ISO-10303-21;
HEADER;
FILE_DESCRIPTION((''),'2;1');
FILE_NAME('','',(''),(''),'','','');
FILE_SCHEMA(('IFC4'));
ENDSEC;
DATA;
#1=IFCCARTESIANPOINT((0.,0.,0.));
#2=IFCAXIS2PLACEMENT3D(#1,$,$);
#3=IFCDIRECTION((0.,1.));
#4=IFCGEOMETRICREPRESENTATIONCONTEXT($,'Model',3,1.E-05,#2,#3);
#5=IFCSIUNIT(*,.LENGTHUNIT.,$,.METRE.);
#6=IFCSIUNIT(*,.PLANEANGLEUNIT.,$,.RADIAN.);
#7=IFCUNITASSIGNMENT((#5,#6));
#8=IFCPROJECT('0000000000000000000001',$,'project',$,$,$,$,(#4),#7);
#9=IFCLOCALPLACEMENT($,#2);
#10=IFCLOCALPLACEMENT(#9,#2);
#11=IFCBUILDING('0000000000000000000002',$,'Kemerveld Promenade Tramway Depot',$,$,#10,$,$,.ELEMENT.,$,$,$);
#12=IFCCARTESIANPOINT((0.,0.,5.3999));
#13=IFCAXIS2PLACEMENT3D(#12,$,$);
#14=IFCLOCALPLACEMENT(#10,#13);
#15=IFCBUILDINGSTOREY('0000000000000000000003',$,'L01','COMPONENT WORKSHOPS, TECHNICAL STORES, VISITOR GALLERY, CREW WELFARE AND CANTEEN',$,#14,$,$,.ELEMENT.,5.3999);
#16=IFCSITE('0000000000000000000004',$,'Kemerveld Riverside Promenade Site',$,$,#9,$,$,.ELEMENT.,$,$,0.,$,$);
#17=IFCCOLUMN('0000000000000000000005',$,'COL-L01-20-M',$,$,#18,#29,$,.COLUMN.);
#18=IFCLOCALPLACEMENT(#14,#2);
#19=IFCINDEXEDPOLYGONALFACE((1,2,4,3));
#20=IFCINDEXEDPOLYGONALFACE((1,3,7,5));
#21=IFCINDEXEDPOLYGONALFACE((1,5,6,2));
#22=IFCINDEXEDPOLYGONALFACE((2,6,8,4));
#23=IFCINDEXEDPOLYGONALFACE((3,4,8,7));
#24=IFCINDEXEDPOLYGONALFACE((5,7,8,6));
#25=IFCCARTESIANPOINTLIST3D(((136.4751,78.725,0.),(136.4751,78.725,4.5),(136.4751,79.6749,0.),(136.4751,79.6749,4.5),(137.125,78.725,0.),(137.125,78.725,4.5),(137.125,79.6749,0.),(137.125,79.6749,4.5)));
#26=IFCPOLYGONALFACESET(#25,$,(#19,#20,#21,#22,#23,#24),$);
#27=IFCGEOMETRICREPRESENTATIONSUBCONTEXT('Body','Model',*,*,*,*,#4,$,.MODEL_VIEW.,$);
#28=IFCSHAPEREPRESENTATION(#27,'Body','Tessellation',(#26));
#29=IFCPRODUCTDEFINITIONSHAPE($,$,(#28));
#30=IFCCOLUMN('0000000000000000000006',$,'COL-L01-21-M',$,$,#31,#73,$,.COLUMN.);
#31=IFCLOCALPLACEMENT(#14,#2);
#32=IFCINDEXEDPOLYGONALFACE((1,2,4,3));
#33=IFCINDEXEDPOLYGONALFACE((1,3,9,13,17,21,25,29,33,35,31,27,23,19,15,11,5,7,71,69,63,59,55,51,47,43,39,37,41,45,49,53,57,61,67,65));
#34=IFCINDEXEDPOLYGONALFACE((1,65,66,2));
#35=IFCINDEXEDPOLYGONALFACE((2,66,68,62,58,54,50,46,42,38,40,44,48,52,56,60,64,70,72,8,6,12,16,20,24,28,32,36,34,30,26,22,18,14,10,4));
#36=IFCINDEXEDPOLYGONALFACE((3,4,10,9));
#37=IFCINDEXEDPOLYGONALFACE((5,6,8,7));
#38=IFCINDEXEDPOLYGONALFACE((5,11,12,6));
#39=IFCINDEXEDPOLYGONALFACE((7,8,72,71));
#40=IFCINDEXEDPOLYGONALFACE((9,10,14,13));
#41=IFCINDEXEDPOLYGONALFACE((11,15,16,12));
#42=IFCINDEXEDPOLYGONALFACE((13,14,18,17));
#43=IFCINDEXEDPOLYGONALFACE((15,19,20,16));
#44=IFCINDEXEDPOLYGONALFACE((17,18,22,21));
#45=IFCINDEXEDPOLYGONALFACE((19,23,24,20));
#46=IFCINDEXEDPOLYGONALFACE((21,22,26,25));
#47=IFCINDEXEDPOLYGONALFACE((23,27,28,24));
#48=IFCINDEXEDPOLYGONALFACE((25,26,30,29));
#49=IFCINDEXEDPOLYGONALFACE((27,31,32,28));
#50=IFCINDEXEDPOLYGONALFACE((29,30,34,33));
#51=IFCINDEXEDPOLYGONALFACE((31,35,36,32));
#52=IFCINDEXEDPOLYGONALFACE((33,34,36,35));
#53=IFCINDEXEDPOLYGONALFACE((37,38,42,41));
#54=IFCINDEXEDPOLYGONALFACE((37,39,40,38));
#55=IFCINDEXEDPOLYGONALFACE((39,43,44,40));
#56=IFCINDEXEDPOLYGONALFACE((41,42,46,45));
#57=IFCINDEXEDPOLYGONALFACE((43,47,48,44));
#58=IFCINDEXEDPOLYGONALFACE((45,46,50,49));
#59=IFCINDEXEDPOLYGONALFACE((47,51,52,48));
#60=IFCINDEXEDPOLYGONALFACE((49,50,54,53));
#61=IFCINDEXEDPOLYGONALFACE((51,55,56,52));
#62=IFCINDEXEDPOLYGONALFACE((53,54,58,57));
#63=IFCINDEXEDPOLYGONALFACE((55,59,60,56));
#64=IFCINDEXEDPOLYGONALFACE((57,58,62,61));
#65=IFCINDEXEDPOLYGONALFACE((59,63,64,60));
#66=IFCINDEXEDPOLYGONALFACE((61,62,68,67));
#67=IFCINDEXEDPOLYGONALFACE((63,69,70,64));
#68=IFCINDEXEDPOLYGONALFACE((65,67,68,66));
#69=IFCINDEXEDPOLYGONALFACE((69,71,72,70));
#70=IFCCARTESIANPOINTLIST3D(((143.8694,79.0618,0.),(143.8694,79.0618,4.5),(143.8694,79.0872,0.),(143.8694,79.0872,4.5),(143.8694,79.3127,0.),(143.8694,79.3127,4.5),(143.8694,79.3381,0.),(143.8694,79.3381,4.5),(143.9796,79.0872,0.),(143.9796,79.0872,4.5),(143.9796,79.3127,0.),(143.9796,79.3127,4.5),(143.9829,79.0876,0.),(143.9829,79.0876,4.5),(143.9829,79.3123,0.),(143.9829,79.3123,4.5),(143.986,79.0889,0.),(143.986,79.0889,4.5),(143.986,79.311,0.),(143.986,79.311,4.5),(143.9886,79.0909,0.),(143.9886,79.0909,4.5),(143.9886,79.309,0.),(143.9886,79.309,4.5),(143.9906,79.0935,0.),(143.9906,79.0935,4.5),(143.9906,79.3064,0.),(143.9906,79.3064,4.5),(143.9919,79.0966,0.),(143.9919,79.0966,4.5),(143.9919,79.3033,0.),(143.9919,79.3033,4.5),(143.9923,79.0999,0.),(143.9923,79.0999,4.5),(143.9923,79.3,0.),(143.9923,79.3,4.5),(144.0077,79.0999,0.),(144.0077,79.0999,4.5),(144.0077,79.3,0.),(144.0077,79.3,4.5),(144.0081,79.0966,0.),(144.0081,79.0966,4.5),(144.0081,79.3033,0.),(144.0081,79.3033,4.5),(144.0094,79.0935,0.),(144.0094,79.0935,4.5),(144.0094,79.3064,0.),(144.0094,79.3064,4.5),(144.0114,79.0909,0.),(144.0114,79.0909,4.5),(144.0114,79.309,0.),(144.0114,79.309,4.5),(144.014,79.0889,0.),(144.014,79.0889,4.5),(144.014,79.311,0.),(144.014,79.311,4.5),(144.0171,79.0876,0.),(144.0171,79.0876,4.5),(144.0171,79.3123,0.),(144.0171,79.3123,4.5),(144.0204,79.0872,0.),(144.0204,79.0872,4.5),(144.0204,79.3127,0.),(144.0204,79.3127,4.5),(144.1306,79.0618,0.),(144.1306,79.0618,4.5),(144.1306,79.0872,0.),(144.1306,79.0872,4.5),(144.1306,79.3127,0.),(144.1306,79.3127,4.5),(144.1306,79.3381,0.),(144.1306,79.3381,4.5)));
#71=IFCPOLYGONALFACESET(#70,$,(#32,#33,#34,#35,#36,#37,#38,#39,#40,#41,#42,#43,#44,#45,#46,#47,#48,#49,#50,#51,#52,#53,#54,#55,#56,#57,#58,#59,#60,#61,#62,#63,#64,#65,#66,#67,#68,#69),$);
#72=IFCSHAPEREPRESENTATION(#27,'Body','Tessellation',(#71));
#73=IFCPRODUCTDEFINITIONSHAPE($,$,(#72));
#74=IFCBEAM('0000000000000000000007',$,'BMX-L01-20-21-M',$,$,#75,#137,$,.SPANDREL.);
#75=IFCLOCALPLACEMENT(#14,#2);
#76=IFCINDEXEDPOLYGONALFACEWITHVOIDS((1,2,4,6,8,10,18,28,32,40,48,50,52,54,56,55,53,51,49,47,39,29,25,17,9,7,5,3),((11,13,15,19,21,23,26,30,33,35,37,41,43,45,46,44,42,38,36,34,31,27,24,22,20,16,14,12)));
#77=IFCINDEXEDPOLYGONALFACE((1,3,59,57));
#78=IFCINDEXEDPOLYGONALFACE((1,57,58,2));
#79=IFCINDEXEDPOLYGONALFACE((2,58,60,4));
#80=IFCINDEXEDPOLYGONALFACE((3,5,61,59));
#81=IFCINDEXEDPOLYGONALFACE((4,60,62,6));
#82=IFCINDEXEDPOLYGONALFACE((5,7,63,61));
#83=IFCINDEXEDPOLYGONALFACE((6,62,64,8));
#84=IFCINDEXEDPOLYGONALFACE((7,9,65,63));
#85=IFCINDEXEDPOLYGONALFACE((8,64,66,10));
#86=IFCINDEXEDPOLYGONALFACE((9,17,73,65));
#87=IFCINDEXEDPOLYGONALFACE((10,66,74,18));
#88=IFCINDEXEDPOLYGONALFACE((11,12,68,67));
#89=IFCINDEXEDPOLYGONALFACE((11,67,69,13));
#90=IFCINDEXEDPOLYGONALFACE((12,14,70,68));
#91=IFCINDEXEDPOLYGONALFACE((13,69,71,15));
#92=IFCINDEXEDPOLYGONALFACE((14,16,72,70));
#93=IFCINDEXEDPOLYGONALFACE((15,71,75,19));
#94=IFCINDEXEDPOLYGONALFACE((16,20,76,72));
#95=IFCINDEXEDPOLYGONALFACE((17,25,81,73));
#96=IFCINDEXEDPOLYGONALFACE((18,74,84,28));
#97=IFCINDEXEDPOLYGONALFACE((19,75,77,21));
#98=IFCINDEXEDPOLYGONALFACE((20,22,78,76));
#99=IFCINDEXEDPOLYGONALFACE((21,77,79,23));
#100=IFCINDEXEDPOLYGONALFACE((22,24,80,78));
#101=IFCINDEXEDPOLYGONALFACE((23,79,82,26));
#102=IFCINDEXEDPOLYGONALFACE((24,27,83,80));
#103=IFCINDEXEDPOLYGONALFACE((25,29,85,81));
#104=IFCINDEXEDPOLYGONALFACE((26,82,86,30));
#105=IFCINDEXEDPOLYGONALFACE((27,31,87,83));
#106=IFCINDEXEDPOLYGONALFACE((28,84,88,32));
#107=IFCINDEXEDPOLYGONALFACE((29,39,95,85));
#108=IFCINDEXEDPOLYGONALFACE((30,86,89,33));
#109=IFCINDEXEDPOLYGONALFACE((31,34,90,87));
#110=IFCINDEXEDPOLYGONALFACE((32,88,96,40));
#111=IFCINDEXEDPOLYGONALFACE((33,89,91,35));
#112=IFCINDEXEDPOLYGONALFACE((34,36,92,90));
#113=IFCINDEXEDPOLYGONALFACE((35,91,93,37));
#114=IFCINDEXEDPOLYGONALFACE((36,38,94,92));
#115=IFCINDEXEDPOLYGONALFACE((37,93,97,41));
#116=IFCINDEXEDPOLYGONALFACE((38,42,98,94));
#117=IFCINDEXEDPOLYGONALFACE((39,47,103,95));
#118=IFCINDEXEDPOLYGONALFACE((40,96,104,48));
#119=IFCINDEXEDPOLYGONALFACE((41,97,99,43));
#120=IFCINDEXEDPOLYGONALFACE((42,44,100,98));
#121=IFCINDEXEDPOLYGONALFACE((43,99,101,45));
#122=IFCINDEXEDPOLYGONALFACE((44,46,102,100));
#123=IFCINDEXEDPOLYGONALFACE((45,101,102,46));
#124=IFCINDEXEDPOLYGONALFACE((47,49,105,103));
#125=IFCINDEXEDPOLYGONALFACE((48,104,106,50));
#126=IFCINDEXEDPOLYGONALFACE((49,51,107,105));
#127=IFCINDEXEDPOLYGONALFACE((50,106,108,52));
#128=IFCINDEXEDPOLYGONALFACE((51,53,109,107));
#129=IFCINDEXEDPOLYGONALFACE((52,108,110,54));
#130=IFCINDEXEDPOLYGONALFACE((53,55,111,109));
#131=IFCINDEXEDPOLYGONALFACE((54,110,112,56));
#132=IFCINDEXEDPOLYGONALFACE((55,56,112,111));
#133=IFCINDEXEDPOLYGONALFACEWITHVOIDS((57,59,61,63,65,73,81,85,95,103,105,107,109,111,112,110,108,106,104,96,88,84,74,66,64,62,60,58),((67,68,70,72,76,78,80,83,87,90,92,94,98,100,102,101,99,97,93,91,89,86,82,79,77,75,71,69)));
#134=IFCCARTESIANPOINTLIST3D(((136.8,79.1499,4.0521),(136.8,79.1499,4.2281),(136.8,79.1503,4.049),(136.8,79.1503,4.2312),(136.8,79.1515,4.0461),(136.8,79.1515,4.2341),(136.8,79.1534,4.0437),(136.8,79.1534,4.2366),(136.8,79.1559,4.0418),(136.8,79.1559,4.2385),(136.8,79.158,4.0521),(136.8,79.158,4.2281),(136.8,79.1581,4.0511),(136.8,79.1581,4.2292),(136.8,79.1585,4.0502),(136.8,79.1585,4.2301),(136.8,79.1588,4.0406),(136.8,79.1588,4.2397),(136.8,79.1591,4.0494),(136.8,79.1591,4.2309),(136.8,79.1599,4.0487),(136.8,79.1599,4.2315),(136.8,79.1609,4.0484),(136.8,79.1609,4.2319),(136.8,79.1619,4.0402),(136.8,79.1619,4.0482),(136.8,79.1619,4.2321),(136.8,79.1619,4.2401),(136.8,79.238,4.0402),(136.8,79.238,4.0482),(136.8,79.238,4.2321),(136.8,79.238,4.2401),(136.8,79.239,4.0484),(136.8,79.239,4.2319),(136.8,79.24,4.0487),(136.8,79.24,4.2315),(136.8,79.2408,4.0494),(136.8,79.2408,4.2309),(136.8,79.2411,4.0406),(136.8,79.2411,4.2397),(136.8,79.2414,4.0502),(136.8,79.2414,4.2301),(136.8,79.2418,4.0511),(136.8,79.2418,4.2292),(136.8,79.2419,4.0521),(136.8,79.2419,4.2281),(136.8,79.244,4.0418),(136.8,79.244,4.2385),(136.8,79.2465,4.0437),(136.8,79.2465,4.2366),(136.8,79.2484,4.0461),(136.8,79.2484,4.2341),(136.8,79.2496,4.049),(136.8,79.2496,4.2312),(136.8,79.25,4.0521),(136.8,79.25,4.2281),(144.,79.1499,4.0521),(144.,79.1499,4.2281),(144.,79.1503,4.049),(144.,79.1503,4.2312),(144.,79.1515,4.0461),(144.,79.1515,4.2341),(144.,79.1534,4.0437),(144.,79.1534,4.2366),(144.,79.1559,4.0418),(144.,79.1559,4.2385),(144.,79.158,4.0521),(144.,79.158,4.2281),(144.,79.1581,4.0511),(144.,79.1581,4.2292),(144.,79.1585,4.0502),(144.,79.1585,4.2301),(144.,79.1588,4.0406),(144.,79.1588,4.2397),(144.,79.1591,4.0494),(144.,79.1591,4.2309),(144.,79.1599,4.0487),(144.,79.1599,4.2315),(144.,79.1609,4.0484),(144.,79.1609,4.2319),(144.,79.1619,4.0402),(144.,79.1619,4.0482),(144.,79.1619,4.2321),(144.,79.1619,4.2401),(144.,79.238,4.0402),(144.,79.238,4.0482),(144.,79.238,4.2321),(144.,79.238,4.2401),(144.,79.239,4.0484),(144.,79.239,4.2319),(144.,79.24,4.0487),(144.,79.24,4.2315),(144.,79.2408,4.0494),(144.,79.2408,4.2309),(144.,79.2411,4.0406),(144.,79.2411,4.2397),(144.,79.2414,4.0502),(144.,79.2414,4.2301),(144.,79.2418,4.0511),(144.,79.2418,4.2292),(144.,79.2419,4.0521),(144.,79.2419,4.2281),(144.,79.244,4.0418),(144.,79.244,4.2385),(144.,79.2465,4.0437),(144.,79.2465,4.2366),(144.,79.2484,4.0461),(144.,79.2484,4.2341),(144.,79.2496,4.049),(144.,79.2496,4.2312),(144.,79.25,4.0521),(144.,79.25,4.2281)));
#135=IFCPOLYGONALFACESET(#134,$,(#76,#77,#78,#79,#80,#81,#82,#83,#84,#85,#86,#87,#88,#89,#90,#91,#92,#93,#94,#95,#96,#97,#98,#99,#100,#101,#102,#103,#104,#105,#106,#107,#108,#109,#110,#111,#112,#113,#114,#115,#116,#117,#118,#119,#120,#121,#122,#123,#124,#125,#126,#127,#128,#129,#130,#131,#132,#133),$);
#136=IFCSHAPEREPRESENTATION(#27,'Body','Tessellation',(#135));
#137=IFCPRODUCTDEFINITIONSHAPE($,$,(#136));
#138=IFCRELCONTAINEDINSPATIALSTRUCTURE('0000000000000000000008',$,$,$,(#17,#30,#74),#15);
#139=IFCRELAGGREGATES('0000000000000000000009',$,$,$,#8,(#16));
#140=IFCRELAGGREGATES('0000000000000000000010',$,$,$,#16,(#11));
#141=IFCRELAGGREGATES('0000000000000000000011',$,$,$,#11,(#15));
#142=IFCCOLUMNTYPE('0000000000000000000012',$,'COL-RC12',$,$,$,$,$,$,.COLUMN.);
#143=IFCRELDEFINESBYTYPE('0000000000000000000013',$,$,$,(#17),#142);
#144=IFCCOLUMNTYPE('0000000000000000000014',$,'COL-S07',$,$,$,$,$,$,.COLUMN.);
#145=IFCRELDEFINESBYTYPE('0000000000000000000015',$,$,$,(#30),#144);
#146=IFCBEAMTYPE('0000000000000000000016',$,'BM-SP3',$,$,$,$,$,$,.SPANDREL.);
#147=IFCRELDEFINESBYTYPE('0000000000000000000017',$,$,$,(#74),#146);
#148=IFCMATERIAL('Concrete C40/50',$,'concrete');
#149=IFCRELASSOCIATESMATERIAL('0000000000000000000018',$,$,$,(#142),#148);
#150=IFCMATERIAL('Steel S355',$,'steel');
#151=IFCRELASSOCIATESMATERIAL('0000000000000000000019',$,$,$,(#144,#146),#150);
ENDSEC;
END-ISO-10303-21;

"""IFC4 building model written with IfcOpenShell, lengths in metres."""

from ifc_helpers import new_model, si_unit, direction, frame, origin, origin_2d, place, context, subcontext, project, spatial, rectangle, hollow_rectangle, i_section, extrude, material, material_profile, profile_set, type_object, element, save


model = new_model("IFC4")

# Units and contexts
model_context = context("Model", 3, precision=1e-05, world=origin(), true_north=direction((0.0, 1.0)))
body_context = subcontext(model_context, "Body", "Model", "MODEL_VIEW")
ifc_project = project(units=[si_unit("LENGTHUNIT", "METRE"), si_unit("PLANEANGLEUNIT", "RADIAN")], contexts=[model_context])

# Site, building, storey
site_placement = place(None, origin())
site = spatial("IfcSite", under=ifc_project, at=site_placement, Name="Kemerveld Riverside Promenade Site", CompositionType="ELEMENT", RefElevation=0.0)
building_placement = place(site_placement, origin())
building = spatial("IfcBuilding", under=site, at=building_placement, Name="Kemerveld Promenade Tramway Depot", CompositionType="ELEMENT")
storey_placement = place(building_placement, frame((0.0, 0.0, 5.3999)))
storey = spatial("IfcBuildingStorey", under=building, at=storey_placement, Name="L01", Description="COMPONENT WORKSHOPS, TECHNICAL STORES, VISITOR GALLERY, CREW WELFARE AND CANTEEN", CompositionType="ELEMENT", Elevation=5.3999)

# Columns
ifc_material_1 = material(Name="Concrete C40/50", Category="concrete")
ifc_material_profile_1 = material_profile(ifc_material_1, rectangle(XDim=0.6499, YDim=0.95, at=origin_2d()), Name="RC-PIER-950x650")
ifc_profile_set_1 = profile_set([ifc_material_profile_1], Name="Concrete C40/50")
column_type_1 = type_object("IfcColumnType", Name="COL-RC12", PredefinedType="COLUMN", material=ifc_profile_set_1)
column_1_placement = place(storey_placement, frame((136.8, 79.2, 0.0), z_axis=(0.0, 0.0, 1.0), x_axis=(1.0, 0.0, 0.0)))
element("IfcColumn", 1, at=column_1_placement, inside=storey, type_object=column_type_1, Name="COL-L01-20-M", PredefinedType="COLUMN", context=body_context, shape_type="SweptSolid", body=[
    extrude(rectangle(XDim=0.6499, YDim=0.95, at=origin_2d()), origin(), (0.0, 0.0, 1.0), 4.5),
])
ifc_material_2 = material(Name="Steel S355", Category="steel")
ifc_material_profile_2 = material_profile(ifc_material_2, i_section(OverallWidth=0.2612, OverallDepth=0.2764, WebThickness=0.0154, FlangeThickness=0.0254, FilletRadius=0.0127, at=origin_2d()), Name="254x254x132 UC")
ifc_profile_set_2 = profile_set([ifc_material_profile_2], Name="Steel S355")
column_type_2 = type_object("IfcColumnType", Name="COL-S07", PredefinedType="COLUMN", material=ifc_profile_set_2)
column_2_placement = place(storey_placement, frame((144.0, 79.2, 0.0), z_axis=(0.0, 0.0, 1.0), x_axis=(1.0, 0.0, 0.0)))
element("IfcColumn", 2, at=column_2_placement, inside=storey, type_object=column_type_2, Name="COL-L01-21-M", PredefinedType="COLUMN", context=body_context, shape_type="SweptSolid", body=[
    extrude(i_section(OverallWidth=0.2612, OverallDepth=0.2764, WebThickness=0.0154, FlangeThickness=0.0254, FilletRadius=0.0127, at=origin_2d()), origin(), (0.0, 0.0, 1.0), 4.5),
])

# Beam
ifc_material_profile_3 = material_profile(ifc_material_2, hollow_rectangle(XDim=0.1001, YDim=0.2, WallThickness=0.0081, InnerFilletRadius=0.0039, OuterFilletRadius=0.012, at=origin_2d()), Name="200x100x8.0 RHS")
ifc_profile_set_3 = profile_set([ifc_material_profile_3], Name="Steel S355")
beam_type_1 = type_object("IfcBeamType", Name="BM-SP3", PredefinedType="SPANDREL", material=ifc_profile_set_3)
beam_1_placement = place(storey_placement, frame((136.8, 79.2, 4.1401), z_axis=(1.0, 0.0, 0.0), x_axis=(0.0, 1.0, 0.0)))
element("IfcBeam", 3, at=beam_1_placement, inside=storey, type_object=beam_type_1, Name="BMX-L01-20-21-M", PredefinedType="SPANDREL", context=body_context, shape_type="SweptSolid", body=[
    extrude(hollow_rectangle(XDim=0.1001, YDim=0.2, WallThickness=0.0081, InnerFilletRadius=0.0039, OuterFilletRadius=0.012, at=origin_2d()), origin(), (0.0, 0.0, 1.0), 7.2),
])

save(model, "model.ifc")
